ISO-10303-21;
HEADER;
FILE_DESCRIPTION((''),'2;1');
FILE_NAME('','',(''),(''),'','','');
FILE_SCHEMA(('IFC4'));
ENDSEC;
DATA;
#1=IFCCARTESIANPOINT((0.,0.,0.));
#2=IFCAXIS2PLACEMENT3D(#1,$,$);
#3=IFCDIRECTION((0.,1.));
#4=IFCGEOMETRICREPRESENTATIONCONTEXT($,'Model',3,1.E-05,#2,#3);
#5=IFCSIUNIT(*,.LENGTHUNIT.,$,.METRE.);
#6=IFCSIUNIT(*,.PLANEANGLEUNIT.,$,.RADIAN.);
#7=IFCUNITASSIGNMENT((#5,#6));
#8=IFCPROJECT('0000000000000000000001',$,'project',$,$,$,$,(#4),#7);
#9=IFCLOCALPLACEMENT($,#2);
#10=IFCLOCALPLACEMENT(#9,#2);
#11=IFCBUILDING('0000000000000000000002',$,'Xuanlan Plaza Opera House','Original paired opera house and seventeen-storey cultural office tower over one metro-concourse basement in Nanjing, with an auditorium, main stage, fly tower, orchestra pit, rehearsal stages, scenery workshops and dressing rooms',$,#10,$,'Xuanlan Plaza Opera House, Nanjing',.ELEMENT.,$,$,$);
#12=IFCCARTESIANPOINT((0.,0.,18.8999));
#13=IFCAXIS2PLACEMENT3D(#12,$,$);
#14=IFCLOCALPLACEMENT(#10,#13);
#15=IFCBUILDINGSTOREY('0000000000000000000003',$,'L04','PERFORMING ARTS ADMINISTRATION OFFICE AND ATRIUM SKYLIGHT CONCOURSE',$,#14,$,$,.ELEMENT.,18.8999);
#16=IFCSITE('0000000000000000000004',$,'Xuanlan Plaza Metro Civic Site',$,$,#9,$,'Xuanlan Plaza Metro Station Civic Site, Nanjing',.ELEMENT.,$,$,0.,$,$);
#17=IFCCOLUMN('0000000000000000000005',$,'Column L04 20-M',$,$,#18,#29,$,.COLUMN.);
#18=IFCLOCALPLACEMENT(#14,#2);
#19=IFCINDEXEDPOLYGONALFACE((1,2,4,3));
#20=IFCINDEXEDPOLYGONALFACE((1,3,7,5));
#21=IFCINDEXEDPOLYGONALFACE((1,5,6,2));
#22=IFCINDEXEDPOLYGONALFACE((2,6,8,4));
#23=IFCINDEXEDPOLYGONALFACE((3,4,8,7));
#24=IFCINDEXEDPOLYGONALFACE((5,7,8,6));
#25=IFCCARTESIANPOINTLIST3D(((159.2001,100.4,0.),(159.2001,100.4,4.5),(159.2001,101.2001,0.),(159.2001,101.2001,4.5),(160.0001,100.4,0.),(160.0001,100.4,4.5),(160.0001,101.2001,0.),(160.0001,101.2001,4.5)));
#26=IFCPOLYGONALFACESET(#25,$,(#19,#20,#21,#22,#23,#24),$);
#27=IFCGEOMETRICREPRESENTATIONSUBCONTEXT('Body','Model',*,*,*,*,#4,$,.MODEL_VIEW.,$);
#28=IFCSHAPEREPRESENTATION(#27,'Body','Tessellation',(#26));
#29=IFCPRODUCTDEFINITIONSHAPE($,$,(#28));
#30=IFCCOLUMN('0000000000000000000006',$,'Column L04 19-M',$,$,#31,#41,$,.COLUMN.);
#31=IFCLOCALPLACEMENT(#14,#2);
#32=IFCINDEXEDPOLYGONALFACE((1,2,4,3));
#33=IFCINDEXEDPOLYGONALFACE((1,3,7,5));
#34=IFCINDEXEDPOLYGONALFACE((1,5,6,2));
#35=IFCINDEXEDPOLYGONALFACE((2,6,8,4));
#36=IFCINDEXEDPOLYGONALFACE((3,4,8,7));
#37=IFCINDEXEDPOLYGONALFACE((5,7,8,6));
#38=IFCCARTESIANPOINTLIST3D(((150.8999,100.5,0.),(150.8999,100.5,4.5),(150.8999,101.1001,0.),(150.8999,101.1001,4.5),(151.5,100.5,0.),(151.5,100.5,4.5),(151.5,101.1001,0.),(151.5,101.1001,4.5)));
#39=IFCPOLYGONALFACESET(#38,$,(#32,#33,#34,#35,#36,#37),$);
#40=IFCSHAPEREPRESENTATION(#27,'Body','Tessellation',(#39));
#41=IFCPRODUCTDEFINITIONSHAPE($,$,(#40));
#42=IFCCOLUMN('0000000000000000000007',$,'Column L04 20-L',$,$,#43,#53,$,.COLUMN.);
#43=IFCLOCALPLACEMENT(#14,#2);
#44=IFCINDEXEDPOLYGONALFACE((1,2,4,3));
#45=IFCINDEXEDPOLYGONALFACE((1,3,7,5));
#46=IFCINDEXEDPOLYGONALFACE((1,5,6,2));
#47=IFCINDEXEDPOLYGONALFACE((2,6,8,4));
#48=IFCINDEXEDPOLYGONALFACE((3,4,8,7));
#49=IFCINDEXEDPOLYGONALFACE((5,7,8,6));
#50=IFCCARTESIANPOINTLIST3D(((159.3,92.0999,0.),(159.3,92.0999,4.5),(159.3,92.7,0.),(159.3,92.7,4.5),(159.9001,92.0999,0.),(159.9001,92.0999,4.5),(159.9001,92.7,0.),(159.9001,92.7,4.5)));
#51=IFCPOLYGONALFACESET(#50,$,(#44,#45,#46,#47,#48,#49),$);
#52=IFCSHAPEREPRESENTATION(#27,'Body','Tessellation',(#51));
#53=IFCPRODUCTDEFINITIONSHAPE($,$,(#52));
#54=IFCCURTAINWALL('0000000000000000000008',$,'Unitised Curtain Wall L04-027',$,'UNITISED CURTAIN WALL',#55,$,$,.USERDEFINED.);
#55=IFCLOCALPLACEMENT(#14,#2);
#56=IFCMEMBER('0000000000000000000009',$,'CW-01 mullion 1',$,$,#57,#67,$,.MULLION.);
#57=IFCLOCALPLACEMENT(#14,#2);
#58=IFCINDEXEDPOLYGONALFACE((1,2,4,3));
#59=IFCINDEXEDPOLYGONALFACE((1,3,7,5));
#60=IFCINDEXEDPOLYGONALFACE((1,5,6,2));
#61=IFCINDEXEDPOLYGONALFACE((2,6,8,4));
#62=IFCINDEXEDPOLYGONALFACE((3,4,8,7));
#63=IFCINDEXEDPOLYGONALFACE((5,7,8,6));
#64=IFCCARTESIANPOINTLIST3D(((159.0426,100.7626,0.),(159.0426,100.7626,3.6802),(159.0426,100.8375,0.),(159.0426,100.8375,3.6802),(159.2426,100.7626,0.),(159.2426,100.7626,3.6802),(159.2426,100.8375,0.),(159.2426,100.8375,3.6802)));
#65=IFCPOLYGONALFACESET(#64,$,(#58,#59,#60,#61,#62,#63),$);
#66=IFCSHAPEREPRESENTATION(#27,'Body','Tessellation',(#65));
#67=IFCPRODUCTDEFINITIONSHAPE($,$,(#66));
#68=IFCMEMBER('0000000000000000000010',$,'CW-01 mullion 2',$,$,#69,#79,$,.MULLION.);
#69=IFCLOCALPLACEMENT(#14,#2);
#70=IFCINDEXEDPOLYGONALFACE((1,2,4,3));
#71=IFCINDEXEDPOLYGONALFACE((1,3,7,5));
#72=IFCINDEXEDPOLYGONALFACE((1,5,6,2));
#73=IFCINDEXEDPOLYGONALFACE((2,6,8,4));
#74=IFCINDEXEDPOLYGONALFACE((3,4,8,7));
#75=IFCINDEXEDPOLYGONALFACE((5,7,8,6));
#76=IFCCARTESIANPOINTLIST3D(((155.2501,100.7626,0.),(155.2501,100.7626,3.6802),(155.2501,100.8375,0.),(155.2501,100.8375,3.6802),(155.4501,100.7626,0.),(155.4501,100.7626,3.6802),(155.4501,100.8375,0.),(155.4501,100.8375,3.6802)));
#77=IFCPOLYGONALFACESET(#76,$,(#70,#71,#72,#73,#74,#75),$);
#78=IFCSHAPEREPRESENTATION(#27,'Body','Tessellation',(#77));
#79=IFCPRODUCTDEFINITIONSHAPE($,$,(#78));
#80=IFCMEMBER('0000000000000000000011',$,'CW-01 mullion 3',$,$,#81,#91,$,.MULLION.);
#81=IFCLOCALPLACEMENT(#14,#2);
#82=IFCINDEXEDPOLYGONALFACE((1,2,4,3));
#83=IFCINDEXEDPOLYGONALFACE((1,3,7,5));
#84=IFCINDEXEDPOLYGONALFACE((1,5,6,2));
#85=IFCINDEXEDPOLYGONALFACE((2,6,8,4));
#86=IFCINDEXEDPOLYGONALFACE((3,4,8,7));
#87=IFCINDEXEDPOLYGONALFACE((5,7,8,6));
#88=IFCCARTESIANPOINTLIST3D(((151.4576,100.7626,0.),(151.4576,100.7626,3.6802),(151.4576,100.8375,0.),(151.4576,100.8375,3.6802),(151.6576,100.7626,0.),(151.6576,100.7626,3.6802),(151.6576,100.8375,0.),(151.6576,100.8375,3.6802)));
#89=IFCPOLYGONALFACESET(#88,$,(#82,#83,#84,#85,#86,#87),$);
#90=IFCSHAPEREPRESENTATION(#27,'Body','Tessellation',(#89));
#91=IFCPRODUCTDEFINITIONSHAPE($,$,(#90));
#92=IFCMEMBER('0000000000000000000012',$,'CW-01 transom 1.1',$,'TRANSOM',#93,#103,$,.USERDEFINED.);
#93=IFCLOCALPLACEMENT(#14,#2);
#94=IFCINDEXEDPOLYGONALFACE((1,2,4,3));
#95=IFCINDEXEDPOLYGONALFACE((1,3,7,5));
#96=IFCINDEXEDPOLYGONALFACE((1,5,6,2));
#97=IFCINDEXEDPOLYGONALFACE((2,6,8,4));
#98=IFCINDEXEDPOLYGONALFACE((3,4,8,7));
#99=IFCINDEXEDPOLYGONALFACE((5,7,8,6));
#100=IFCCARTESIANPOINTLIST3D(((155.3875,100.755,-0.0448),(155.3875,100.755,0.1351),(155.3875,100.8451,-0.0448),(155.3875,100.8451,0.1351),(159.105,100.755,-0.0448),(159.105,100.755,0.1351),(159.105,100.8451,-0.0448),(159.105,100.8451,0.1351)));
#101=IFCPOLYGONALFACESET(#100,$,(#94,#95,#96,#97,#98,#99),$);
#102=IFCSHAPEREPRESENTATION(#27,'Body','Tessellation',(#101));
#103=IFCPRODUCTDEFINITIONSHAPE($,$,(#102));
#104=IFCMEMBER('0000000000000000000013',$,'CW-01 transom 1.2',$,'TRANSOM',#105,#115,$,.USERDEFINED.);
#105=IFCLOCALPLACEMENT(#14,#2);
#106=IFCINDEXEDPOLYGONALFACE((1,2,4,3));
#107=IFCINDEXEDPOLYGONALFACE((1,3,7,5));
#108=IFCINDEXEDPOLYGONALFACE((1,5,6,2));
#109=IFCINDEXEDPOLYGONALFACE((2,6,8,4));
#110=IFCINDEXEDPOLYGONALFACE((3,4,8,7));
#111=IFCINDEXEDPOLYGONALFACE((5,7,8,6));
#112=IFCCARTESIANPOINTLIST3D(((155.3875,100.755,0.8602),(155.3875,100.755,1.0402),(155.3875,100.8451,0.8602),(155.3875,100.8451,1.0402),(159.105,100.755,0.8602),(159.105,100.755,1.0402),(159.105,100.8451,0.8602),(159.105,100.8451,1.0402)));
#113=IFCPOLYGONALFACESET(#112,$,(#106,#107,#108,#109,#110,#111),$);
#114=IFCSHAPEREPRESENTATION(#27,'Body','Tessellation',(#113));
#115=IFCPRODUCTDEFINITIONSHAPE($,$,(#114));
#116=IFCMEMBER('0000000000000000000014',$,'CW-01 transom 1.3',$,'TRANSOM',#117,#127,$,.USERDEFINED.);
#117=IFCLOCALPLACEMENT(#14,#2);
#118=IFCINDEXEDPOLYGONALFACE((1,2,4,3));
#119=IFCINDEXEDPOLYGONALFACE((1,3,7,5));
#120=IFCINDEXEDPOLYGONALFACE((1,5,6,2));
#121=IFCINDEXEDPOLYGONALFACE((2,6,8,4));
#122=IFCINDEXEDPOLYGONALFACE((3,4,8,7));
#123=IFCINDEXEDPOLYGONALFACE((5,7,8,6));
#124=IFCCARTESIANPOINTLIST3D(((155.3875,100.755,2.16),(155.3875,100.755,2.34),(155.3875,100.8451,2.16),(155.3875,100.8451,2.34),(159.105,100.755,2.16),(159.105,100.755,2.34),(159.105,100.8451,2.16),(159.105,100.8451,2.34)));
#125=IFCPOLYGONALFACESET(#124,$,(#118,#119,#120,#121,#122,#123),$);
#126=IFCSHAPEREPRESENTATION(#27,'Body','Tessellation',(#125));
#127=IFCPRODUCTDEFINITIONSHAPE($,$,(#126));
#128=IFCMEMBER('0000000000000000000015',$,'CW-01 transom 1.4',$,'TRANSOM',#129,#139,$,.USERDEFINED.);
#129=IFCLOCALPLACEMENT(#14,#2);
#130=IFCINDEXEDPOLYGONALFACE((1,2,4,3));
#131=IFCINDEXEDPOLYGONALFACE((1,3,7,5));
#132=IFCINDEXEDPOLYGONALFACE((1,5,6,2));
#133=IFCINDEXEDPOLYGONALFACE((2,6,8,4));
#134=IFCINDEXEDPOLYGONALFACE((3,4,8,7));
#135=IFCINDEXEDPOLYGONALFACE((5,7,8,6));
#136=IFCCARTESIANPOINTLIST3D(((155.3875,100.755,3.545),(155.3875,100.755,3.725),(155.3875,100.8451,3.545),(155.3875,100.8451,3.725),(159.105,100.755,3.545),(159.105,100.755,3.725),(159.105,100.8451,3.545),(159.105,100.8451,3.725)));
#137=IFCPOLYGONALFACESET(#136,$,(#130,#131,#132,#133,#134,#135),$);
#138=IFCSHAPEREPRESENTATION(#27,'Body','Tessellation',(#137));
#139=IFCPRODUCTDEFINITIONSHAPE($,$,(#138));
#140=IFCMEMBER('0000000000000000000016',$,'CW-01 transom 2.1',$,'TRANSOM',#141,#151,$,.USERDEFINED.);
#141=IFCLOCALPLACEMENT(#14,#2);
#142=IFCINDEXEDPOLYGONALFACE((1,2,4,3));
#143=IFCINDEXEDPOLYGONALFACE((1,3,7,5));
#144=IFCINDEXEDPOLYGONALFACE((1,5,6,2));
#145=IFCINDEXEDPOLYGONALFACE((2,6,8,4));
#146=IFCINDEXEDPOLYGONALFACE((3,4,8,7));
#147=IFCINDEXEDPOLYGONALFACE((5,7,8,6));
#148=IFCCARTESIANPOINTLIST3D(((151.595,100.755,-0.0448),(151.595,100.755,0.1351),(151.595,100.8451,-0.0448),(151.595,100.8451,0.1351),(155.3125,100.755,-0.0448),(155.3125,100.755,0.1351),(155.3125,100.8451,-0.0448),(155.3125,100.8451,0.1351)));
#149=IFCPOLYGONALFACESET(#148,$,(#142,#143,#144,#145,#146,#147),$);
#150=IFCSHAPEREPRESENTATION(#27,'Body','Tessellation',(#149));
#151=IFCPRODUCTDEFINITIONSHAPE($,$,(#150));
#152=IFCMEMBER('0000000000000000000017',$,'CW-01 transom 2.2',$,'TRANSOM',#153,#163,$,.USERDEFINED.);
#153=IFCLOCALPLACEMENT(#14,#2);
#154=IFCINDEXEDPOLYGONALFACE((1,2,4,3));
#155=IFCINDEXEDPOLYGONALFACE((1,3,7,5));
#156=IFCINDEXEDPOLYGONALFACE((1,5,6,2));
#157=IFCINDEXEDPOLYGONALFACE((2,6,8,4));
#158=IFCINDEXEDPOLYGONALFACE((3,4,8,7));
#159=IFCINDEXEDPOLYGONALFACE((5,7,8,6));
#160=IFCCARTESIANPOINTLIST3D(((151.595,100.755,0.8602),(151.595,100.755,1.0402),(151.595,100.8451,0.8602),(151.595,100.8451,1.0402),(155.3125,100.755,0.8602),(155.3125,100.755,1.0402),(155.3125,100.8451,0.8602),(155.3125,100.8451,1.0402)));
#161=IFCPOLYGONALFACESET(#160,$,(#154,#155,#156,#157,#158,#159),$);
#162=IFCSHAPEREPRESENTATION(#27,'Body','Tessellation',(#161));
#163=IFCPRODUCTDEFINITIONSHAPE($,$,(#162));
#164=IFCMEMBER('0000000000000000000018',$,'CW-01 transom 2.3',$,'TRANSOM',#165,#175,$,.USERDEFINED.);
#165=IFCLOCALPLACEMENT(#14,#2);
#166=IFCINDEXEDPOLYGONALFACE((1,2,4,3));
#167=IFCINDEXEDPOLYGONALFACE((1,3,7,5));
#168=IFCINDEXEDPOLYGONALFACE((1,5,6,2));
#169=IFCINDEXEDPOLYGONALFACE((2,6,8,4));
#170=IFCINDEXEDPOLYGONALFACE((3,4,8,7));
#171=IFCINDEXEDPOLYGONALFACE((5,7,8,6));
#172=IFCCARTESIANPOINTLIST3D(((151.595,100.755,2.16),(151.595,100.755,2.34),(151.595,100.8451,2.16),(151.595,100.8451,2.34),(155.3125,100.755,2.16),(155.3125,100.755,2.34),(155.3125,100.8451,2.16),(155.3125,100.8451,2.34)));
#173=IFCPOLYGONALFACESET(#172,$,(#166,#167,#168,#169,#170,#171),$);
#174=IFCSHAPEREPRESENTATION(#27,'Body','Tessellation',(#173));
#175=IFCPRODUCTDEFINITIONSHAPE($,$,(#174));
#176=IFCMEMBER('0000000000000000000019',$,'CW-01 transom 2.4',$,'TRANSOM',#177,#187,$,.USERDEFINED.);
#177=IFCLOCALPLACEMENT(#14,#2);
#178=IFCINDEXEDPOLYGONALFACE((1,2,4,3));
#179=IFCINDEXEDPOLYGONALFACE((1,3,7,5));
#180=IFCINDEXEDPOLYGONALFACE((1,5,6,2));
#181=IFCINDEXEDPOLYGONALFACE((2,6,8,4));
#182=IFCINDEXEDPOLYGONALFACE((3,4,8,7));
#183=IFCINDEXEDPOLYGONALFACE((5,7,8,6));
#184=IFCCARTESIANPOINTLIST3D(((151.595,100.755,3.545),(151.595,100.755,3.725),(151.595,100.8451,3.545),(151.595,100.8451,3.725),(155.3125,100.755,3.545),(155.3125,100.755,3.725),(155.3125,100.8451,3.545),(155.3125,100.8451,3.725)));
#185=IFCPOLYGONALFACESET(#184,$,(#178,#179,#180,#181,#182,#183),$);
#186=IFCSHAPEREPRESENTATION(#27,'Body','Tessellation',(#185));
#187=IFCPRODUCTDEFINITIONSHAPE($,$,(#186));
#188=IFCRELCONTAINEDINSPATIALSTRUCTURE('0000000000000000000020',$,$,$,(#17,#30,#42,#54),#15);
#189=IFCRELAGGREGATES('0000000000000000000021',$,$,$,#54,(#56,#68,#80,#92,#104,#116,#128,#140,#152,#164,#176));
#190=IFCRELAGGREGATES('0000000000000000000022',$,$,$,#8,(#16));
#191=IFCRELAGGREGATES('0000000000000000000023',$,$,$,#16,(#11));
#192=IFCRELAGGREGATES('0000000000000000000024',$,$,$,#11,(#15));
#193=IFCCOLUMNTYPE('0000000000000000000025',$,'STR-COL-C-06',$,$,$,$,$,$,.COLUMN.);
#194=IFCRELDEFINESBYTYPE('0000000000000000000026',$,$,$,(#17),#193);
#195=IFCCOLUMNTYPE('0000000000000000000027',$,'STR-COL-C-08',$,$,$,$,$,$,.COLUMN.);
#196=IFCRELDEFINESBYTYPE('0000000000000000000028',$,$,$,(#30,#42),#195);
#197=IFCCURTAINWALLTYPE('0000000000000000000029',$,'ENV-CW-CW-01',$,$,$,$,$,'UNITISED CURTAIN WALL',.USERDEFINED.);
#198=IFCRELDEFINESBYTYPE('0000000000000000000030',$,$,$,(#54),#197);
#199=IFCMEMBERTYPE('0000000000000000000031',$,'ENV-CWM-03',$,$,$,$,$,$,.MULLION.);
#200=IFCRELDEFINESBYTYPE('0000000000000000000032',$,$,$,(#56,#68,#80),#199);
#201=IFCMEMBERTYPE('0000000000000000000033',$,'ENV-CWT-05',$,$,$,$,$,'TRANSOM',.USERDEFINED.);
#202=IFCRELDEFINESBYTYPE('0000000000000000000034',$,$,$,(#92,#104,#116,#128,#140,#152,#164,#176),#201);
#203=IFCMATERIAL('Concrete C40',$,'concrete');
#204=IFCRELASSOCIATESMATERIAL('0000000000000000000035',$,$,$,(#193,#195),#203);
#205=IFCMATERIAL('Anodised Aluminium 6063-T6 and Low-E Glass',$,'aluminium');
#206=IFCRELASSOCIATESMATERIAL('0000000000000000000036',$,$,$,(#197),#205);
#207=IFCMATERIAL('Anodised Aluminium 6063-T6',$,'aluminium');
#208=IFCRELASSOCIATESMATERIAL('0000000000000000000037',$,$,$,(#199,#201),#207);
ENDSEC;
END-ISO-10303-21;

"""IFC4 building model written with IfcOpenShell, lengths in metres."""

from ifc_helpers import new_model, si_unit, direction, frame, origin, origin_2d, place, context, subcontext, project, spatial, rectangle, extrude, material, material_profile, profile_set, type_object, element, aggregate, save


model = new_model("IFC4")

# Units and contexts
model_context = context("Model", 3, precision=1e-05, world=origin(), true_north=direction((0.0, 1.0)))
body_context = subcontext(model_context, "Body", "Model", "MODEL_VIEW")
ifc_project = project(units=[si_unit("LENGTHUNIT", "METRE"), si_unit("PLANEANGLEUNIT", "RADIAN")], contexts=[model_context])

# Site, building, storey
site_placement = place(None, origin())
site = spatial("IfcSite", under=ifc_project, at=site_placement, Name="Xuanlan Plaza Metro Civic Site", LongName="Xuanlan Plaza Metro Station Civic Site, Nanjing", CompositionType="ELEMENT", RefElevation=0.0)
building_placement = place(site_placement, origin())
building = spatial("IfcBuilding", under=site, at=building_placement, Name="Xuanlan Plaza Opera House", Description="Original paired opera house and seventeen-storey cultural office tower over one metro-concourse basement in Nanjing, with an auditorium, main stage, fly tower, orchestra pit, rehearsal stages, scenery workshops and dressing rooms", LongName="Xuanlan Plaza Opera House, Nanjing", CompositionType="ELEMENT")
storey_placement = place(building_placement, frame((0.0, 0.0, 18.8999)))
storey = spatial("IfcBuildingStorey", under=building, at=storey_placement, Name="L04", Description="PERFORMING ARTS ADMINISTRATION OFFICE AND ATRIUM SKYLIGHT CONCOURSE", CompositionType="ELEMENT", Elevation=18.8999)

# Columns
ifc_material_1 = material(Name="Concrete C40", Category="concrete")
ifc_material_profile_1 = material_profile(ifc_material_1, rectangle(XDim=0.8, YDim=0.8, at=origin_2d()), Name="RC-COL 800x800")
ifc_profile_set_1 = profile_set([ifc_material_profile_1], Name="Concrete C40")
column_type_1 = type_object("IfcColumnType", Name="STR-COL-C-06", PredefinedType="COLUMN", material=ifc_profile_set_1)
column_placement = place(storey_placement, frame((159.6001, 100.8, 0.0), z_axis=(0.0, 0.0, 1.0), x_axis=(1.0, 0.0, 0.0)))
element("IfcColumn", 1, at=column_placement, inside=storey, type_object=column_type_1, Name="Column L04 20-M", PredefinedType="COLUMN", context=body_context, shape_type="SweptSolid", body=[
    extrude(rectangle(XDim=0.8, YDim=0.8, at=origin_2d()), origin(), (0.0, 0.0, 1.0), 4.5),
])
ifc_material_profile_2 = material_profile(ifc_material_1, rectangle(XDim=0.6001, YDim=0.6001, at=origin_2d()), Name="RC-COL 600x600")
ifc_profile_set_2 = profile_set([ifc_material_profile_2], Name="Concrete C40")
column_type_2 = type_object("IfcColumnType", Name="STR-COL-C-08", PredefinedType="COLUMN", material=ifc_profile_set_2)
for number, where, z_axis, x_axis, name in (
    (2, (151.2, 100.8, 0.0), (0.0, 0.0, 1.0), (1.0, 0.0, 0.0), "Column L04 19-M"),
    (3, (159.6001, 92.3999, 0.0), (0.0, 0.0, 1.0), (1.0, 0.0, 0.0), "Column L04 20-L"),
):
    element("IfcColumn", number, at=place(storey_placement, frame(where, z_axis=z_axis, x_axis=x_axis)), inside=storey, type_object=column_type_2, Name=name, PredefinedType="COLUMN", context=body_context, shape_type="SweptSolid", body=[
        extrude(rectangle(XDim=0.6001, YDim=0.6001, at=origin_2d()), origin(), (0.0, 0.0, 1.0), 4.5),
    ])

# Curtain wall, members
ifc_material_2 = material(Name="Anodised Aluminium 6063-T6 and Low-E Glass", Category="aluminium")
curtain_wall_type = type_object("IfcCurtainWallType", Name="ENV-CW-CW-01", ElementType="UNITISED CURTAIN WALL", PredefinedType="USERDEFINED", material=ifc_material_2)
curtain_wall_placement = place(storey_placement, origin())
curtain_wall = element("IfcCurtainWall", 4, at=curtain_wall_placement, inside=storey, type_object=curtain_wall_type, Name="Unitised Curtain Wall L04-027", ObjectType="UNITISED CURTAIN WALL", PredefinedType="USERDEFINED")
ifc_material_3 = material(Name="Anodised Aluminium 6063-T6", Category="aluminium")
ifc_material_profile_3 = material_profile(ifc_material_3, rectangle(XDim=0.075, YDim=0.2, at=origin_2d()), Name="ALU-M 75x200")
ifc_profile_set_3 = profile_set([ifc_material_profile_3], Name="Anodised Aluminium 6063-T6")
member_type_1 = type_object("IfcMemberType", Name="ENV-CWM-03", PredefinedType="MULLION", material=ifc_profile_set_3)
member_1_placement = place(storey_placement, frame((159.1426, 100.8, 0.0), z_axis=(0.0, 0.0, 1.0), x_axis=(0.0, -1.0, 0.0)))
member_1 = element("IfcMember", 5, at=member_1_placement, type_object=member_type_1, Name="CW-01 mullion 1", PredefinedType="MULLION", context=body_context, shape_type="SweptSolid", body=[
    extrude(rectangle(XDim=0.075, YDim=0.2, at=origin_2d()), origin(), (0.0, 0.0, 1.0), 3.6802),
])
member_2_placement = place(storey_placement, frame((155.3501, 100.8, 0.0), z_axis=(0.0, 0.0, 1.0), x_axis=(0.0, -1.0, 0.0)))
member_2 = element("IfcMember", 6, at=member_2_placement, type_object=member_type_1, Name="CW-01 mullion 2", PredefinedType="MULLION", context=body_context, shape_type="SweptSolid", body=[
    extrude(rectangle(XDim=0.075, YDim=0.2, at=origin_2d()), origin(), (0.0, 0.0, 1.0), 3.6802),
])
member_3_placement = place(storey_placement, frame((151.5576, 100.8, 0.0), z_axis=(0.0, 0.0, 1.0), x_axis=(0.0, -1.0, 0.0)))
member_3 = element("IfcMember", 7, at=member_3_placement, type_object=member_type_1, Name="CW-01 mullion 3", PredefinedType="MULLION", context=body_context, shape_type="SweptSolid", body=[
    extrude(rectangle(XDim=0.075, YDim=0.2, at=origin_2d()), origin(), (0.0, 0.0, 1.0), 3.6802),
])
ifc_material_profile_4 = material_profile(ifc_material_3, rectangle(XDim=0.0901, YDim=0.1799, at=origin_2d()), Name="ALU-T 90x180")
ifc_profile_set_4 = profile_set([ifc_material_profile_4], Name="Anodised Aluminium 6063-T6")
member_type_2 = type_object("IfcMemberType", Name="ENV-CWT-05", ElementType="TRANSOM", PredefinedType="USERDEFINED", material=ifc_profile_set_4)
member_4_placement = place(storey_placement, frame((159.105, 100.8, 0.0452), z_axis=(-1.0, 0.0, 0.0), x_axis=(0.0, -1.0, 0.0)))
member_4 = element("IfcMember", 8, at=member_4_placement, type_object=member_type_2, Name="CW-01 transom 1.1", ObjectType="TRANSOM", PredefinedType="USERDEFINED", context=body_context, shape_type="SweptSolid", body=[
    extrude(rectangle(XDim=0.0901, YDim=0.1799, at=origin_2d()), origin(), (0.0, 0.0, 1.0), 3.7175),
])
member_5_placement = place(storey_placement, frame((159.105, 100.8, 0.9502), z_axis=(-1.0, 0.0, 0.0), x_axis=(0.0, -1.0, 0.0)))
member_5 = element("IfcMember", 9, at=member_5_placement, type_object=member_type_2, Name="CW-01 transom 1.2", ObjectType="TRANSOM", PredefinedType="USERDEFINED", context=body_context, shape_type="SweptSolid", body=[
    extrude(rectangle(XDim=0.0901, YDim=0.1799, at=origin_2d()), origin(), (0.0, 0.0, 1.0), 3.7175),
])
member_6_placement = place(storey_placement, frame((159.105, 100.8, 2.25), z_axis=(-1.0, 0.0, 0.0), x_axis=(0.0, -1.0, 0.0)))
member_6 = element("IfcMember", 10, at=member_6_placement, type_object=member_type_2, Name="CW-01 transom 1.3", ObjectType="TRANSOM", PredefinedType="USERDEFINED", context=body_context, shape_type="SweptSolid", body=[
    extrude(rectangle(XDim=0.0901, YDim=0.1799, at=origin_2d()), origin(), (0.0, 0.0, 1.0), 3.7175),
])
member_7_placement = place(storey_placement, frame((159.105, 100.8, 3.635), z_axis=(-1.0, 0.0, 0.0), x_axis=(0.0, -1.0, 0.0)))
member_7 = element("IfcMember", 11, at=member_7_placement, type_object=member_type_2, Name="CW-01 transom 1.4", ObjectType="TRANSOM", PredefinedType="USERDEFINED", context=body_context, shape_type="SweptSolid", body=[
    extrude(rectangle(XDim=0.0901, YDim=0.1799, at=origin_2d()), origin(), (0.0, 0.0, 1.0), 3.7175),
])
member_8_placement = place(storey_placement, frame((155.3125, 100.8, 0.0452), z_axis=(-1.0, 0.0, 0.0), x_axis=(0.0, -1.0, 0.0)))
member_8 = element("IfcMember", 12, at=member_8_placement, type_object=member_type_2, Name="CW-01 transom 2.1", ObjectType="TRANSOM", PredefinedType="USERDEFINED", context=body_context, shape_type="SweptSolid", body=[
    extrude(rectangle(XDim=0.0901, YDim=0.1799, at=origin_2d()), origin(), (0.0, 0.0, 1.0), 3.7175),
])
member_9_placement = place(storey_placement, frame((155.3125, 100.8, 0.9502), z_axis=(-1.0, 0.0, 0.0), x_axis=(0.0, -1.0, 0.0)))
member_9 = element("IfcMember", 13, at=member_9_placement, type_object=member_type_2, Name="CW-01 transom 2.2", ObjectType="TRANSOM", PredefinedType="USERDEFINED", context=body_context, shape_type="SweptSolid", body=[
    extrude(rectangle(XDim=0.0901, YDim=0.1799, at=origin_2d()), origin(), (0.0, 0.0, 1.0), 3.7175),
])
member_10_placement = place(storey_placement, frame((155.3125, 100.8, 2.25), z_axis=(-1.0, 0.0, 0.0), x_axis=(0.0, -1.0, 0.0)))
member_10 = element("IfcMember", 14, at=member_10_placement, type_object=member_type_2, Name="CW-01 transom 2.3", ObjectType="TRANSOM", PredefinedType="USERDEFINED", context=body_context, shape_type="SweptSolid", body=[
    extrude(rectangle(XDim=0.0901, YDim=0.1799, at=origin_2d()), origin(), (0.0, 0.0, 1.0), 3.7175),
])
member_11_placement = place(storey_placement, frame((155.3125, 100.8, 3.635), z_axis=(-1.0, 0.0, 0.0), x_axis=(0.0, -1.0, 0.0)))
member_11 = element("IfcMember", 15, at=member_11_placement, type_object=member_type_2, Name="CW-01 transom 2.4", ObjectType="TRANSOM", PredefinedType="USERDEFINED", context=body_context, shape_type="SweptSolid", body=[
    extrude(rectangle(XDim=0.0901, YDim=0.1799, at=origin_2d()), origin(), (0.0, 0.0, 1.0), 3.7175),
])

aggregate(curtain_wall, [member_1, member_2, member_3, member_4, member_5, member_6, member_7, member_8, member_9, member_10, member_11])

save(model, "model.ifc")
